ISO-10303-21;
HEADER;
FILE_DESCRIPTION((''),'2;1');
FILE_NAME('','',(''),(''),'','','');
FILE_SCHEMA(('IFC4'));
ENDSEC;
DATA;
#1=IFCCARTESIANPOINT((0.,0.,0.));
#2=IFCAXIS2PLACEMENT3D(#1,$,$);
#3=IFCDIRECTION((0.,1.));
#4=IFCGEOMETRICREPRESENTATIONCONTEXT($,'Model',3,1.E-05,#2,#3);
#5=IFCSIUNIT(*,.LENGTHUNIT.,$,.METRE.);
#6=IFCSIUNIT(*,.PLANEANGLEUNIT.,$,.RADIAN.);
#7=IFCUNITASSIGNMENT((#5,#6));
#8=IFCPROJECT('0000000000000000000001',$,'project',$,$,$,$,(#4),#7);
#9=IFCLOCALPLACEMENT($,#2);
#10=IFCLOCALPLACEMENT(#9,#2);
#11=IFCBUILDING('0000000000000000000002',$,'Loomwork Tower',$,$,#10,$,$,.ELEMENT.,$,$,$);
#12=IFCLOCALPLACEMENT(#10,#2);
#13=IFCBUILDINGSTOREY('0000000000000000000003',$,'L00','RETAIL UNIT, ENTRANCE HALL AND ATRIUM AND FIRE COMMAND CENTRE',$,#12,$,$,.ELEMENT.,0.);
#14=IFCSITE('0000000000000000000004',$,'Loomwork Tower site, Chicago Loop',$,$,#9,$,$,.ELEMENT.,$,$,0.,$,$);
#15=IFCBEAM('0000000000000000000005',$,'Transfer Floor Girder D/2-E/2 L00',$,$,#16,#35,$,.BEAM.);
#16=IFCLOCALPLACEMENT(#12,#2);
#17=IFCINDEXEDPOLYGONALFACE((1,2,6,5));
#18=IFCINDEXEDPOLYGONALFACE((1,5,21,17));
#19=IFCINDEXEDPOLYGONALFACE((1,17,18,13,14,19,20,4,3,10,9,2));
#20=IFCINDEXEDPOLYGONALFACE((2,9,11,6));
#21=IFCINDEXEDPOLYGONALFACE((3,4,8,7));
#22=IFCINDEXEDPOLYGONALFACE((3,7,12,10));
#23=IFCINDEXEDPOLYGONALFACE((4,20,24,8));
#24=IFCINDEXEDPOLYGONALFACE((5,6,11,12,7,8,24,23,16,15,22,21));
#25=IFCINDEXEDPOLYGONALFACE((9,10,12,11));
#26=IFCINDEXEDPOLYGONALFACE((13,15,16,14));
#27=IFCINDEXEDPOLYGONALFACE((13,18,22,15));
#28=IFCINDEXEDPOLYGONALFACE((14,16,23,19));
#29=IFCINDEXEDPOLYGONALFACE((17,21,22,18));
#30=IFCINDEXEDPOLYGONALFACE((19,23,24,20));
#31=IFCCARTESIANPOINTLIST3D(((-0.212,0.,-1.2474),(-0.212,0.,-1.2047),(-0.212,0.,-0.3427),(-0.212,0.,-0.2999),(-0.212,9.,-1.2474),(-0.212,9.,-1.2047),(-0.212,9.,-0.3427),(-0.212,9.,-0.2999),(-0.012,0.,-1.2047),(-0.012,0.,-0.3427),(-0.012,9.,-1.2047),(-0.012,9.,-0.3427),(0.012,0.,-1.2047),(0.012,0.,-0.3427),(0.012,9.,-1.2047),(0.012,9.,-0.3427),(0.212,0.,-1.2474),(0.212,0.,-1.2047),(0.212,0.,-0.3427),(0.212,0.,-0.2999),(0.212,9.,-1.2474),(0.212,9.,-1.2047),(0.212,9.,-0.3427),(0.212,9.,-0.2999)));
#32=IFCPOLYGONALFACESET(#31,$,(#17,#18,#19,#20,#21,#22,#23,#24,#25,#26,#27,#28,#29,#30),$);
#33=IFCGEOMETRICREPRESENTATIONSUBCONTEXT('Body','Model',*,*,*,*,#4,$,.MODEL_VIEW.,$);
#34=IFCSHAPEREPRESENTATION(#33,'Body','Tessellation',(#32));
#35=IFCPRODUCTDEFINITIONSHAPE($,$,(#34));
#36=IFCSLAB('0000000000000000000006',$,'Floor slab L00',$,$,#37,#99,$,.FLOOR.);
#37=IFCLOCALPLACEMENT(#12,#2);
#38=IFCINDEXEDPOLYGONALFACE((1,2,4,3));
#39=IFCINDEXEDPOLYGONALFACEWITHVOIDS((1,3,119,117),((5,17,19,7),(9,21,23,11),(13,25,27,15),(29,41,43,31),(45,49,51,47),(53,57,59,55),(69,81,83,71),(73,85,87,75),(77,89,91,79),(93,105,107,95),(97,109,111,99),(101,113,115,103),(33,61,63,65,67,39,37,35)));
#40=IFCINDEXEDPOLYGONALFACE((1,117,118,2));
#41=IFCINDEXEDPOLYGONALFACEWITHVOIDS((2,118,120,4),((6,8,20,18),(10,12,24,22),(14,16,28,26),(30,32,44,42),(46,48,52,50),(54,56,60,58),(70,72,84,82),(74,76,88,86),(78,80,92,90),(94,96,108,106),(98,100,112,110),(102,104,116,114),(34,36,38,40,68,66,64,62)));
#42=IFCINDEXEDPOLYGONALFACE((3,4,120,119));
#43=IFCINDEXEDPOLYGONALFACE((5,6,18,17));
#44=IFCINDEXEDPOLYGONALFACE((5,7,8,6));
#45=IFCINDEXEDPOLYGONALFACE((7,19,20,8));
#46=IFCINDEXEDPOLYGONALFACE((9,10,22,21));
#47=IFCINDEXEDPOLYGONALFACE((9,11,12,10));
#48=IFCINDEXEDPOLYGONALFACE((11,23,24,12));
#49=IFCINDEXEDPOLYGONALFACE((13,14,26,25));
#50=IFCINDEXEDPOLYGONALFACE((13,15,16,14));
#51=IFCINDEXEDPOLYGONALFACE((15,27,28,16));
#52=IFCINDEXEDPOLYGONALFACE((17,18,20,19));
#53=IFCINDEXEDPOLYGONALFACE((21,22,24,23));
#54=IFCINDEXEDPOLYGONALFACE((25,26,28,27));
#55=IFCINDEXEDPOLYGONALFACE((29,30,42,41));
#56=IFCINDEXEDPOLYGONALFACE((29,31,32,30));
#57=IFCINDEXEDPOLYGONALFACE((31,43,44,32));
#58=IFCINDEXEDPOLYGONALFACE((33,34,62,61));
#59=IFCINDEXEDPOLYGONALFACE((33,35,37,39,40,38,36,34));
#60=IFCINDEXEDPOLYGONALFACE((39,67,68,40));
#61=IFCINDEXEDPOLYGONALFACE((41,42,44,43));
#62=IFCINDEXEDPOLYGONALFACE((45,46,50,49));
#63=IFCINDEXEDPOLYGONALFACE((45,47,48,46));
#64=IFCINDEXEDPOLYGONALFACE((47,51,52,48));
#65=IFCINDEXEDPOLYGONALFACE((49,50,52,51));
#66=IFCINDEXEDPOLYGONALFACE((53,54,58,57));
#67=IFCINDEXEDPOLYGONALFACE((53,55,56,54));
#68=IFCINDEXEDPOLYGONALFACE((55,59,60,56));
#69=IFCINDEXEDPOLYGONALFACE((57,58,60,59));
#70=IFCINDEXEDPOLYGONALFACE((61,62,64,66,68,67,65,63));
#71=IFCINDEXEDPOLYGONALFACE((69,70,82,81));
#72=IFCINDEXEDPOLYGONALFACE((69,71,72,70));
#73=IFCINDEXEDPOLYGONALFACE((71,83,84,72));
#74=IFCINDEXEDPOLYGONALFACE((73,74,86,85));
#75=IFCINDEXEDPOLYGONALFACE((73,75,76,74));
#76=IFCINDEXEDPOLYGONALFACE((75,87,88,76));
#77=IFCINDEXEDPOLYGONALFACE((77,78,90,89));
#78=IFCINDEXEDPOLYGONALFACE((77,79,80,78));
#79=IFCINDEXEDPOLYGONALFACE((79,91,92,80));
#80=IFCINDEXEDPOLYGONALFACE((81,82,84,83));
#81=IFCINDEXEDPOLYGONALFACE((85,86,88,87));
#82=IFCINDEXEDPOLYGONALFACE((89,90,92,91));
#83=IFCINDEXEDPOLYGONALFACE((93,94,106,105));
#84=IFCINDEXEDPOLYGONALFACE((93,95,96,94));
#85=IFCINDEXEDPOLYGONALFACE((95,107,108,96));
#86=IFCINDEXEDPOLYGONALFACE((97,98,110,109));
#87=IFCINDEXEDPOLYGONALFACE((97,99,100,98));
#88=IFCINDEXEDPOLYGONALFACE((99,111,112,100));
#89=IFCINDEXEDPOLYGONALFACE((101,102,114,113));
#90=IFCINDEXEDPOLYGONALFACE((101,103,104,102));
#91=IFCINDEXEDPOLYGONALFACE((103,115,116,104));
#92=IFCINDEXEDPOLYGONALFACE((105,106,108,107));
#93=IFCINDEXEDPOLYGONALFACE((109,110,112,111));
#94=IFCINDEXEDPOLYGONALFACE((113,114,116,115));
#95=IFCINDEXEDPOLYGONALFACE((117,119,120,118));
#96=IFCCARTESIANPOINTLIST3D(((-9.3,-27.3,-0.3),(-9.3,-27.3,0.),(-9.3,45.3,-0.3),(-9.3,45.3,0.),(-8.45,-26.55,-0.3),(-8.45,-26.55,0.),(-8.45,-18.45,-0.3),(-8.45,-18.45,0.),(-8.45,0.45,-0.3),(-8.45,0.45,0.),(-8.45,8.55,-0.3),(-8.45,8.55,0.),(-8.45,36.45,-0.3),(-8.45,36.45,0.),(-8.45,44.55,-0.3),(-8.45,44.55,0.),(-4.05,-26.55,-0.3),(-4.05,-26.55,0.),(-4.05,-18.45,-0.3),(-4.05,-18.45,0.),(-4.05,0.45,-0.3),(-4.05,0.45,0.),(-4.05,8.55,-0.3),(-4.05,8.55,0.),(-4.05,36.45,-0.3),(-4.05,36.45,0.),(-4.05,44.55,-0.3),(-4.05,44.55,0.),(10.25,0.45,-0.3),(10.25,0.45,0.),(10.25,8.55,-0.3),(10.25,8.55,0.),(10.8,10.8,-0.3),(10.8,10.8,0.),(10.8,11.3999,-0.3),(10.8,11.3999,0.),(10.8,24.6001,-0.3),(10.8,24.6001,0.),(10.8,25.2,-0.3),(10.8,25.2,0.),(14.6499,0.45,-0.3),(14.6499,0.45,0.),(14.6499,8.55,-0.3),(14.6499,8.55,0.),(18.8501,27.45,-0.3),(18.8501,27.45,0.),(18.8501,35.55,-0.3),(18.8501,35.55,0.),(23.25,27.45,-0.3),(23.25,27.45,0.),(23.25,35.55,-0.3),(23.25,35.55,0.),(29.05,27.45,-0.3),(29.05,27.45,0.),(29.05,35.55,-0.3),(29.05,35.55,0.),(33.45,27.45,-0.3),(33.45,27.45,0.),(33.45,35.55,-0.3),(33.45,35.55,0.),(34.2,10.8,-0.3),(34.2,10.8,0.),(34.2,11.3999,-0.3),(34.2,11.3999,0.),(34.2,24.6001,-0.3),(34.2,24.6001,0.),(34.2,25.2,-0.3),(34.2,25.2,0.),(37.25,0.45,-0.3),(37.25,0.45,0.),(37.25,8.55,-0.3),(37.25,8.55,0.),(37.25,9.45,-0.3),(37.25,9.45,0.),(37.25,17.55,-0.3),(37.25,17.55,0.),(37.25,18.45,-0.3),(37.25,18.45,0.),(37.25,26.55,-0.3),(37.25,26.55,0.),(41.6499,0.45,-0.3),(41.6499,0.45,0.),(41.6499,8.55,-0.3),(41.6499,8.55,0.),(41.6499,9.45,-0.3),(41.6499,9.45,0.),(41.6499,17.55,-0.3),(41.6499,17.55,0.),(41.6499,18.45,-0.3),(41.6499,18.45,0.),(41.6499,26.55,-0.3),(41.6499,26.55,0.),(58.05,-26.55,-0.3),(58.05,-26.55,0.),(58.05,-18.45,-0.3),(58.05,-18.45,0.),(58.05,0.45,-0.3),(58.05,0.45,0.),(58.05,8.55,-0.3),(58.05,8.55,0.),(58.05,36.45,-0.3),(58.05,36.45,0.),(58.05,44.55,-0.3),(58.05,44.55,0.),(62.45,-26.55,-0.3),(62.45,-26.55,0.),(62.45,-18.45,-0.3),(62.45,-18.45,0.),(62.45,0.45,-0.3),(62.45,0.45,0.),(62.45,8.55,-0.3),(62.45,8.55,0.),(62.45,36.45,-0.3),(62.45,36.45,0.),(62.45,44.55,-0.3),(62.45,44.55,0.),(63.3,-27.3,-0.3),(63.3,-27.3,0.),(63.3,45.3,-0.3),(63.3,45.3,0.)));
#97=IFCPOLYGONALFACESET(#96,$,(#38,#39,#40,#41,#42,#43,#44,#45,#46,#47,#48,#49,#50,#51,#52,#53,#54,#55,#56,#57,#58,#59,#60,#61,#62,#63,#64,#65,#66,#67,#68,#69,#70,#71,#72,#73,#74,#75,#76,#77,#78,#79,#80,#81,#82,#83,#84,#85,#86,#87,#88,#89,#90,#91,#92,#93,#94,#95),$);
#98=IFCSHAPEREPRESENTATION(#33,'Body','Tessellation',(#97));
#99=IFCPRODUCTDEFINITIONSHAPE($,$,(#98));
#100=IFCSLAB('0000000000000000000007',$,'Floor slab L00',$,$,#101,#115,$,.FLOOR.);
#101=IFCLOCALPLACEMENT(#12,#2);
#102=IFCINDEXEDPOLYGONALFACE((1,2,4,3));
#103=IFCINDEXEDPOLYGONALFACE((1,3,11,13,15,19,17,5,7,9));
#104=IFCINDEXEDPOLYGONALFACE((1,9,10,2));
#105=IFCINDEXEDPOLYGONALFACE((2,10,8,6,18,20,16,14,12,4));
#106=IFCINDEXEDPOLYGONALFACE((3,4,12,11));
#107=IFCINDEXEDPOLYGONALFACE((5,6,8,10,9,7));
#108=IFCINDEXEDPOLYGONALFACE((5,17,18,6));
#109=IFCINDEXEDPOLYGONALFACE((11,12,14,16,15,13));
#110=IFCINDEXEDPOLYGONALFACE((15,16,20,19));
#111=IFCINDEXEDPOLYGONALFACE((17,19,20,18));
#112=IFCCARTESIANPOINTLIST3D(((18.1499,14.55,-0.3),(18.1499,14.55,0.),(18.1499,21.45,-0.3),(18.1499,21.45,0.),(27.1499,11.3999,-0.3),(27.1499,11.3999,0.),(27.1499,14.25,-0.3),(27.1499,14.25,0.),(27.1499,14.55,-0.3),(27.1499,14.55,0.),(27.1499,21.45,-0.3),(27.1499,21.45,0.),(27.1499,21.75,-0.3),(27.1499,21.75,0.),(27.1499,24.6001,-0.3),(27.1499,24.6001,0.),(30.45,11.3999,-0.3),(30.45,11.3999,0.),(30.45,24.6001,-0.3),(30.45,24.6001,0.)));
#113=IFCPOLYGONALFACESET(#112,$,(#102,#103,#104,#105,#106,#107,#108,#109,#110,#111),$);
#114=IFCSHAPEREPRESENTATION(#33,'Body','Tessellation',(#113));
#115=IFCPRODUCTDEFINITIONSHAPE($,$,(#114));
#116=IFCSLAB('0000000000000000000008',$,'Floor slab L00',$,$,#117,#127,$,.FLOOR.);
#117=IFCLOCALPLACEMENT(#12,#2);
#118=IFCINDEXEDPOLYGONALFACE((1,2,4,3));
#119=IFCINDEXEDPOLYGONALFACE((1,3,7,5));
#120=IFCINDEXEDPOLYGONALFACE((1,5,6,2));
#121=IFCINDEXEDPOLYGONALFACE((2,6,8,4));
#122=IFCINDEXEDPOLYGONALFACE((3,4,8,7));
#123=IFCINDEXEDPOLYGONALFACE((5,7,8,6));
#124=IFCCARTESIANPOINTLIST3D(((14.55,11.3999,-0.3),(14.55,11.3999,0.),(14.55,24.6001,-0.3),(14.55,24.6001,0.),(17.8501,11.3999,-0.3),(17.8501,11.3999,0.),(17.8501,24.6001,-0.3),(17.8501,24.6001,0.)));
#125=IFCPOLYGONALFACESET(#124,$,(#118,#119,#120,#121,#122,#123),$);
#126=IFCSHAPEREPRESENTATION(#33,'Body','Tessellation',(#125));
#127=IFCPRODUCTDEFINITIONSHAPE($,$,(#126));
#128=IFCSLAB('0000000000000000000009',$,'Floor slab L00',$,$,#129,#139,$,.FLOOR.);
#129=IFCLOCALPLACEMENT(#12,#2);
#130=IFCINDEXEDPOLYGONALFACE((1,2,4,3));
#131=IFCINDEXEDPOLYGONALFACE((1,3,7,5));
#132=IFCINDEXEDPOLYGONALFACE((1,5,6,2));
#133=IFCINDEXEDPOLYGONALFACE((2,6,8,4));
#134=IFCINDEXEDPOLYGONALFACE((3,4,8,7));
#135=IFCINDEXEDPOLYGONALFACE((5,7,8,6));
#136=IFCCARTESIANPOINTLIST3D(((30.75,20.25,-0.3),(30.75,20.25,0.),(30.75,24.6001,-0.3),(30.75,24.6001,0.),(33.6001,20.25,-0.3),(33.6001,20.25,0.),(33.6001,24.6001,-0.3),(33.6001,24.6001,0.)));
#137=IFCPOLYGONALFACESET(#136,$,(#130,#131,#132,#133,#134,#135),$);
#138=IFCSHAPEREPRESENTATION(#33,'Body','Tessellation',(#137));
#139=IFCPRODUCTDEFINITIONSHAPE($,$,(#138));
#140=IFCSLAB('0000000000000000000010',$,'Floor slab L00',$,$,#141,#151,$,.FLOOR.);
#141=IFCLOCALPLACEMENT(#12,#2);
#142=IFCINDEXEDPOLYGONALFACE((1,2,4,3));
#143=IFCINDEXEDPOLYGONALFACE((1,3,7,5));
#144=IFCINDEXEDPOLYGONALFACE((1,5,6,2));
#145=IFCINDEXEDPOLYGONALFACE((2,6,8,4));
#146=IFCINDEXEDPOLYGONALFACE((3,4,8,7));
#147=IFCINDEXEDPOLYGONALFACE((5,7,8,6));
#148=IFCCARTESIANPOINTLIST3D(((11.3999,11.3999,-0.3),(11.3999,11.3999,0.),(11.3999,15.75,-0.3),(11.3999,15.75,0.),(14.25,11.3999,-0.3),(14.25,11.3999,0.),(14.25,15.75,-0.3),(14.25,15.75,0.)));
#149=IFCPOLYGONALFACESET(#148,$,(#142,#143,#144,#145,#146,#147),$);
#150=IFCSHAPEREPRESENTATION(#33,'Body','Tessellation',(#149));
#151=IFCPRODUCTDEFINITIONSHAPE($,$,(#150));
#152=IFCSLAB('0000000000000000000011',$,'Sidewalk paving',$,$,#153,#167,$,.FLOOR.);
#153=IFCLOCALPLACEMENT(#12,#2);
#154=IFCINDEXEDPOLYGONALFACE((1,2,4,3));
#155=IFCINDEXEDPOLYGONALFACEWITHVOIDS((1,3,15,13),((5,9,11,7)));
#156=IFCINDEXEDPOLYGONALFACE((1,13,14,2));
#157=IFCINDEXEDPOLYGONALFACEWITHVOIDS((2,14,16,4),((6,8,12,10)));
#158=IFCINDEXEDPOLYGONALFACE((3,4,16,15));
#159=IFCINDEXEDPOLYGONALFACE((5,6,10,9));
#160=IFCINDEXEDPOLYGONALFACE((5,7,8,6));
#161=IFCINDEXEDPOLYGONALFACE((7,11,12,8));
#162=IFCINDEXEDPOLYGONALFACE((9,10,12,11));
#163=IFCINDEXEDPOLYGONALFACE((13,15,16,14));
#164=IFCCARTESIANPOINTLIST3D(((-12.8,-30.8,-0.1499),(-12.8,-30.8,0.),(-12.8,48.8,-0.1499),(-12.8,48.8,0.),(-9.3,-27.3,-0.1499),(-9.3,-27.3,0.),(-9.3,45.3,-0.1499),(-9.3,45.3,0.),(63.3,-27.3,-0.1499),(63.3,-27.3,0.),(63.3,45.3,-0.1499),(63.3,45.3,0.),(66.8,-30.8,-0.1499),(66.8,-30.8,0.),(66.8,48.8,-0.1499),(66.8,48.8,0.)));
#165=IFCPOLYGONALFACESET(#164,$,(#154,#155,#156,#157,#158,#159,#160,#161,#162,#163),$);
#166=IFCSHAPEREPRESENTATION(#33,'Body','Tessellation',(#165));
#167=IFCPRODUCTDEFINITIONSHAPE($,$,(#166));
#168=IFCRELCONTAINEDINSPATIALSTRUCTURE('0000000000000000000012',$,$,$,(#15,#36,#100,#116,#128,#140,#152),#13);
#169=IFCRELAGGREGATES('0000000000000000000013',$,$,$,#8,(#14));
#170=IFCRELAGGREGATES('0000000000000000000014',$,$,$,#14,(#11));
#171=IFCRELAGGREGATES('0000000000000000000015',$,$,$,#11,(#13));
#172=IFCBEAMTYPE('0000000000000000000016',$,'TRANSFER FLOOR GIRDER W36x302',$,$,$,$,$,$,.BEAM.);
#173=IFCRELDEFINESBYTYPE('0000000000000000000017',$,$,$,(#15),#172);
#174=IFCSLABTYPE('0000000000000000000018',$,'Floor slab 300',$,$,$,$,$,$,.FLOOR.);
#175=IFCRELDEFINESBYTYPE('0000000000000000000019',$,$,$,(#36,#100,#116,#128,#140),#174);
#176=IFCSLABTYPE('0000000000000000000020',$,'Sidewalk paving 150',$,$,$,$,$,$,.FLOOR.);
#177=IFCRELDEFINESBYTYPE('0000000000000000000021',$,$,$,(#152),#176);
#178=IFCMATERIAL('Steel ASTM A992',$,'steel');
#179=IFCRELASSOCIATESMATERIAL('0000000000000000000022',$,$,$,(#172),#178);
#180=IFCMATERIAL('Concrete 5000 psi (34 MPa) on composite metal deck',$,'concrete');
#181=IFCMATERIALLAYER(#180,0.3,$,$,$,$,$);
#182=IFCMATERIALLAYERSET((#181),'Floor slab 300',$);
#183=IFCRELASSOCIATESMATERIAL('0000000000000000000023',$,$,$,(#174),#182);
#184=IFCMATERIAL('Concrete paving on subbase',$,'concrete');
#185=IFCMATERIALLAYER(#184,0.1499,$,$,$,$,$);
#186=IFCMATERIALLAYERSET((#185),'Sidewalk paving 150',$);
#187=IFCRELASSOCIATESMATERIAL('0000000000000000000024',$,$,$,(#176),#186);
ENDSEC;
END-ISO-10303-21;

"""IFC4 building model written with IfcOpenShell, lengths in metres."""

from ifc_helpers import new_model, si_unit, direction, frame, origin, origin_2d, place, context, subcontext, project, spatial, polyline, i_section, outline, extrude, material, layer, layer_set, material_profile, profile_set, type_object, element, save


model = new_model("IFC4")

# Units and contexts
model_context = context("Model", 3, precision=1e-05, world=origin(), true_north=direction((0.0, 1.0)))
body_context = subcontext(model_context, "Body", "Model", "MODEL_VIEW")
ifc_project = project(units=[si_unit("LENGTHUNIT", "METRE"), si_unit("PLANEANGLEUNIT", "RADIAN")], contexts=[model_context])

# Site, building, storey
site_placement = place(None, origin())
site = spatial("IfcSite", under=ifc_project, at=site_placement, Name="Loomwork Tower site, Chicago Loop", CompositionType="ELEMENT", RefElevation=0.0)
building_placement = place(site_placement, origin())
building = spatial("IfcBuilding", under=site, at=building_placement, Name="Loomwork Tower", CompositionType="ELEMENT")
storey_placement = place(building_placement, origin())
storey = spatial("IfcBuildingStorey", under=building, at=storey_placement, Name="L00", Description="RETAIL UNIT, ENTRANCE HALL AND ATRIUM AND FIRE COMMAND CENTRE", CompositionType="ELEMENT", Elevation=0.0)

# Beam
ifc_material_1 = material(Name="Steel ASTM A992", Category="steel")
ifc_material_profile_1 = material_profile(ifc_material_1, i_section(OverallWidth=0.4241, OverallDepth=0.9475, WebThickness=0.0239, FlangeThickness=0.0427, at=origin_2d()), Name="W36x302")
ifc_profile_set_1 = profile_set([ifc_material_profile_1], Name="Steel ASTM A992")
beam_type_1 = type_object("IfcBeamType", Name="TRANSFER FLOOR GIRDER W36x302", PredefinedType="BEAM", material=ifc_profile_set_1)
for number, where, z_axis, x_axis, name in (
    (1, (0.0, 0.0, -0.7737), (0.0, 1.0, 0.0), (-1.0, 0.0, 0.0), "Transfer Floor Girder D/2-E/2 L00"),
):
    element("IfcBeam", number, at=place(storey_placement, frame(where, z_axis=z_axis, x_axis=x_axis)), inside=storey, type_object=beam_type_1, Name=name, PredefinedType="BEAM", context=body_context, shape_type="SweptSolid", body=[
        extrude(i_section(OverallWidth=0.4241, OverallDepth=0.9475, WebThickness=0.0239, FlangeThickness=0.0427, at=origin_2d()), origin(), (0.0, 0.0, 1.0), 9.0),
    ])

# Slabs
ifc_material_2 = material(Name="Concrete 5000 psi (34 MPa) on composite metal deck", Category="concrete")
ifc_layer_1 = layer(ifc_material_2, 0.3)
ifc_layer_set_1 = layer_set([ifc_layer_1], Name="Floor slab 300")
slab_type_1 = type_object("IfcSlabType", Name="Floor slab 300", PredefinedType="FLOOR", material=ifc_layer_set_1)
slab_1_placement = place(storey_placement, frame((0.0, 0.0, -0.3)))
element("IfcSlab", 2, at=slab_1_placement, inside=storey, type_object=slab_type_1, Name="Floor slab L00", PredefinedType="FLOOR", context=body_context, shape_type="SweptSolid", body=[
    extrude(outline(polyline([(-9.3, -27.3), (-9.3, 45.3), (63.3, 45.3), (63.3, -27.3), (-9.3, -27.3)]), holes=[polyline([(62.45, -26.55), (62.45, -18.45), (58.05, -18.45), (58.05, -26.55), (62.45, -26.55)]), polyline([(58.05, 36.45), (62.45, 36.45), (62.45, 44.55), (58.05, 44.55), (58.05, 36.45)]), polyline([(58.05, 0.45), (62.45, 0.45), (62.45, 8.55), (58.05, 8.55), (58.05, 0.45)]), polyline([(41.6499, 9.45), (41.6499, 17.55), (37.25, 17.55), (37.25, 9.45), (41.6499, 9.45)]), polyline([(37.25, 18.45), (41.6499, 18.45), (41.6499, 26.55), (37.25, 26.55), (37.25, 18.45)]), polyline([(37.25, 0.45), (41.6499, 0.45), (41.6499, 8.55), (37.25, 8.55), (37.25, 0.45)]), polyline([(34.2, 11.3999), (34.2, 24.6001), (34.2, 25.2), (10.8, 25.2), (10.8, 24.6001), (10.8, 11.3999), (10.8, 11.3999), (10.8, 10.8), (34.2, 10.8), (34.2, 11.3999), (34.2, 11.3999)]), polyline([(29.05, 27.45), (33.45, 27.45), (33.45, 35.55), (29.05, 35.55), (29.05, 27.45)]), polyline([(18.8501, 27.45), (23.25, 27.45), (23.25, 35.55), (18.8501, 35.55), (18.8501, 27.45)]), polyline([(10.25, 0.45), (14.6499, 0.45), (14.6499, 8.55), (10.25, 8.55), (10.25, 0.45)]), polyline([(-4.05, -26.55), (-4.05, -18.45), (-8.45, -18.45), (-8.45, -26.55), (-4.05, -26.55)]), polyline([(-8.45, 36.45), (-4.05, 36.45), (-4.05, 44.55), (-8.45, 44.55), (-8.45, 36.45)]), polyline([(-8.45, 0.45), (-4.05, 0.45), (-4.05, 8.55), (-8.45, 8.55), (-8.45, 0.45)])]), origin(), (0.0, 0.0, 1.0), 0.3),
])
slab_2_placement = place(storey_placement, frame((0.0, 0.0, -0.3)))
element("IfcSlab", 3, at=slab_2_placement, inside=storey, type_object=slab_type_1, Name="Floor slab L00", PredefinedType="FLOOR", context=body_context, shape_type="SweptSolid", body=[
    extrude(outline(polyline([(18.1499, 21.45), (27.1499, 21.45), (27.1499, 21.75), (27.1499, 24.6001), (30.45, 24.6001), (30.45, 11.3999), (27.1499, 11.3999), (27.1499, 14.25), (27.1499, 14.55), (18.1499, 14.55), (18.1499, 21.45)])), origin(), (0.0, 0.0, 1.0), 0.3),
])
slab_3_placement = place(storey_placement, frame((0.0, 0.0, -0.3)))
element("IfcSlab", 4, at=slab_3_placement, inside=storey, type_object=slab_type_1, Name="Floor slab L00", PredefinedType="FLOOR", context=body_context, shape_type="SweptSolid", body=[
    extrude(outline(polyline([(14.55, 24.6001), (17.8501, 24.6001), (17.8501, 11.3999), (14.55, 11.3999), (14.55, 24.6001)])), origin(), (0.0, 0.0, 1.0), 0.3),
])
slab_4_placement = place(storey_placement, frame((0.0, 0.0, -0.3)))
element("IfcSlab", 5, at=slab_4_placement, inside=storey, type_object=slab_type_1, Name="Floor slab L00", PredefinedType="FLOOR", context=body_context, shape_type="SweptSolid", body=[
    extrude(outline(polyline([(33.6001, 20.25), (30.75, 20.25), (30.75, 24.6001), (33.6001, 24.6001), (33.6001, 20.25)])), origin(), (0.0, 0.0, 1.0), 0.3),
])
slab_5_placement = place(storey_placement, frame((0.0, 0.0, -0.3)))
element("IfcSlab", 6, at=slab_5_placement, inside=storey, type_object=slab_type_1, Name="Floor slab L00", PredefinedType="FLOOR", context=body_context, shape_type="SweptSolid", body=[
    extrude(outline(polyline([(14.25, 15.75), (14.25, 11.3999), (11.3999, 11.3999), (11.3999, 15.75), (14.25, 15.75)])), origin(), (0.0, 0.0, 1.0), 0.3),
])
ifc_material_3 = material(Name="Concrete paving on subbase", Category="concrete")
ifc_layer_2 = layer(ifc_material_3, 0.1499)
ifc_layer_set_2 = layer_set([ifc_layer_2], Name="Sidewalk paving 150")
slab_type_2 = type_object("IfcSlabType", Name="Sidewalk paving 150", PredefinedType="FLOOR", material=ifc_layer_set_2)
slab_6_placement = place(storey_placement, frame((0.0, 0.0, -0.1499)))
element("IfcSlab", 7, at=slab_6_placement, inside=storey, type_object=slab_type_2, Name="Sidewalk paving", PredefinedType="FLOOR", context=body_context, shape_type="SweptSolid", body=[
    extrude(outline(polyline([(-12.8, -30.8), (-12.8, 48.8), (66.8, 48.8), (66.8, -30.8), (-12.8, -30.8)]), holes=[polyline([(63.3, 45.3), (-9.3, 45.3), (-9.3, -27.3), (63.3, -27.3), (63.3, 45.3)])]), origin(), (0.0, 0.0, 1.0), 0.1499),
])

save(model, "model.ifc")
